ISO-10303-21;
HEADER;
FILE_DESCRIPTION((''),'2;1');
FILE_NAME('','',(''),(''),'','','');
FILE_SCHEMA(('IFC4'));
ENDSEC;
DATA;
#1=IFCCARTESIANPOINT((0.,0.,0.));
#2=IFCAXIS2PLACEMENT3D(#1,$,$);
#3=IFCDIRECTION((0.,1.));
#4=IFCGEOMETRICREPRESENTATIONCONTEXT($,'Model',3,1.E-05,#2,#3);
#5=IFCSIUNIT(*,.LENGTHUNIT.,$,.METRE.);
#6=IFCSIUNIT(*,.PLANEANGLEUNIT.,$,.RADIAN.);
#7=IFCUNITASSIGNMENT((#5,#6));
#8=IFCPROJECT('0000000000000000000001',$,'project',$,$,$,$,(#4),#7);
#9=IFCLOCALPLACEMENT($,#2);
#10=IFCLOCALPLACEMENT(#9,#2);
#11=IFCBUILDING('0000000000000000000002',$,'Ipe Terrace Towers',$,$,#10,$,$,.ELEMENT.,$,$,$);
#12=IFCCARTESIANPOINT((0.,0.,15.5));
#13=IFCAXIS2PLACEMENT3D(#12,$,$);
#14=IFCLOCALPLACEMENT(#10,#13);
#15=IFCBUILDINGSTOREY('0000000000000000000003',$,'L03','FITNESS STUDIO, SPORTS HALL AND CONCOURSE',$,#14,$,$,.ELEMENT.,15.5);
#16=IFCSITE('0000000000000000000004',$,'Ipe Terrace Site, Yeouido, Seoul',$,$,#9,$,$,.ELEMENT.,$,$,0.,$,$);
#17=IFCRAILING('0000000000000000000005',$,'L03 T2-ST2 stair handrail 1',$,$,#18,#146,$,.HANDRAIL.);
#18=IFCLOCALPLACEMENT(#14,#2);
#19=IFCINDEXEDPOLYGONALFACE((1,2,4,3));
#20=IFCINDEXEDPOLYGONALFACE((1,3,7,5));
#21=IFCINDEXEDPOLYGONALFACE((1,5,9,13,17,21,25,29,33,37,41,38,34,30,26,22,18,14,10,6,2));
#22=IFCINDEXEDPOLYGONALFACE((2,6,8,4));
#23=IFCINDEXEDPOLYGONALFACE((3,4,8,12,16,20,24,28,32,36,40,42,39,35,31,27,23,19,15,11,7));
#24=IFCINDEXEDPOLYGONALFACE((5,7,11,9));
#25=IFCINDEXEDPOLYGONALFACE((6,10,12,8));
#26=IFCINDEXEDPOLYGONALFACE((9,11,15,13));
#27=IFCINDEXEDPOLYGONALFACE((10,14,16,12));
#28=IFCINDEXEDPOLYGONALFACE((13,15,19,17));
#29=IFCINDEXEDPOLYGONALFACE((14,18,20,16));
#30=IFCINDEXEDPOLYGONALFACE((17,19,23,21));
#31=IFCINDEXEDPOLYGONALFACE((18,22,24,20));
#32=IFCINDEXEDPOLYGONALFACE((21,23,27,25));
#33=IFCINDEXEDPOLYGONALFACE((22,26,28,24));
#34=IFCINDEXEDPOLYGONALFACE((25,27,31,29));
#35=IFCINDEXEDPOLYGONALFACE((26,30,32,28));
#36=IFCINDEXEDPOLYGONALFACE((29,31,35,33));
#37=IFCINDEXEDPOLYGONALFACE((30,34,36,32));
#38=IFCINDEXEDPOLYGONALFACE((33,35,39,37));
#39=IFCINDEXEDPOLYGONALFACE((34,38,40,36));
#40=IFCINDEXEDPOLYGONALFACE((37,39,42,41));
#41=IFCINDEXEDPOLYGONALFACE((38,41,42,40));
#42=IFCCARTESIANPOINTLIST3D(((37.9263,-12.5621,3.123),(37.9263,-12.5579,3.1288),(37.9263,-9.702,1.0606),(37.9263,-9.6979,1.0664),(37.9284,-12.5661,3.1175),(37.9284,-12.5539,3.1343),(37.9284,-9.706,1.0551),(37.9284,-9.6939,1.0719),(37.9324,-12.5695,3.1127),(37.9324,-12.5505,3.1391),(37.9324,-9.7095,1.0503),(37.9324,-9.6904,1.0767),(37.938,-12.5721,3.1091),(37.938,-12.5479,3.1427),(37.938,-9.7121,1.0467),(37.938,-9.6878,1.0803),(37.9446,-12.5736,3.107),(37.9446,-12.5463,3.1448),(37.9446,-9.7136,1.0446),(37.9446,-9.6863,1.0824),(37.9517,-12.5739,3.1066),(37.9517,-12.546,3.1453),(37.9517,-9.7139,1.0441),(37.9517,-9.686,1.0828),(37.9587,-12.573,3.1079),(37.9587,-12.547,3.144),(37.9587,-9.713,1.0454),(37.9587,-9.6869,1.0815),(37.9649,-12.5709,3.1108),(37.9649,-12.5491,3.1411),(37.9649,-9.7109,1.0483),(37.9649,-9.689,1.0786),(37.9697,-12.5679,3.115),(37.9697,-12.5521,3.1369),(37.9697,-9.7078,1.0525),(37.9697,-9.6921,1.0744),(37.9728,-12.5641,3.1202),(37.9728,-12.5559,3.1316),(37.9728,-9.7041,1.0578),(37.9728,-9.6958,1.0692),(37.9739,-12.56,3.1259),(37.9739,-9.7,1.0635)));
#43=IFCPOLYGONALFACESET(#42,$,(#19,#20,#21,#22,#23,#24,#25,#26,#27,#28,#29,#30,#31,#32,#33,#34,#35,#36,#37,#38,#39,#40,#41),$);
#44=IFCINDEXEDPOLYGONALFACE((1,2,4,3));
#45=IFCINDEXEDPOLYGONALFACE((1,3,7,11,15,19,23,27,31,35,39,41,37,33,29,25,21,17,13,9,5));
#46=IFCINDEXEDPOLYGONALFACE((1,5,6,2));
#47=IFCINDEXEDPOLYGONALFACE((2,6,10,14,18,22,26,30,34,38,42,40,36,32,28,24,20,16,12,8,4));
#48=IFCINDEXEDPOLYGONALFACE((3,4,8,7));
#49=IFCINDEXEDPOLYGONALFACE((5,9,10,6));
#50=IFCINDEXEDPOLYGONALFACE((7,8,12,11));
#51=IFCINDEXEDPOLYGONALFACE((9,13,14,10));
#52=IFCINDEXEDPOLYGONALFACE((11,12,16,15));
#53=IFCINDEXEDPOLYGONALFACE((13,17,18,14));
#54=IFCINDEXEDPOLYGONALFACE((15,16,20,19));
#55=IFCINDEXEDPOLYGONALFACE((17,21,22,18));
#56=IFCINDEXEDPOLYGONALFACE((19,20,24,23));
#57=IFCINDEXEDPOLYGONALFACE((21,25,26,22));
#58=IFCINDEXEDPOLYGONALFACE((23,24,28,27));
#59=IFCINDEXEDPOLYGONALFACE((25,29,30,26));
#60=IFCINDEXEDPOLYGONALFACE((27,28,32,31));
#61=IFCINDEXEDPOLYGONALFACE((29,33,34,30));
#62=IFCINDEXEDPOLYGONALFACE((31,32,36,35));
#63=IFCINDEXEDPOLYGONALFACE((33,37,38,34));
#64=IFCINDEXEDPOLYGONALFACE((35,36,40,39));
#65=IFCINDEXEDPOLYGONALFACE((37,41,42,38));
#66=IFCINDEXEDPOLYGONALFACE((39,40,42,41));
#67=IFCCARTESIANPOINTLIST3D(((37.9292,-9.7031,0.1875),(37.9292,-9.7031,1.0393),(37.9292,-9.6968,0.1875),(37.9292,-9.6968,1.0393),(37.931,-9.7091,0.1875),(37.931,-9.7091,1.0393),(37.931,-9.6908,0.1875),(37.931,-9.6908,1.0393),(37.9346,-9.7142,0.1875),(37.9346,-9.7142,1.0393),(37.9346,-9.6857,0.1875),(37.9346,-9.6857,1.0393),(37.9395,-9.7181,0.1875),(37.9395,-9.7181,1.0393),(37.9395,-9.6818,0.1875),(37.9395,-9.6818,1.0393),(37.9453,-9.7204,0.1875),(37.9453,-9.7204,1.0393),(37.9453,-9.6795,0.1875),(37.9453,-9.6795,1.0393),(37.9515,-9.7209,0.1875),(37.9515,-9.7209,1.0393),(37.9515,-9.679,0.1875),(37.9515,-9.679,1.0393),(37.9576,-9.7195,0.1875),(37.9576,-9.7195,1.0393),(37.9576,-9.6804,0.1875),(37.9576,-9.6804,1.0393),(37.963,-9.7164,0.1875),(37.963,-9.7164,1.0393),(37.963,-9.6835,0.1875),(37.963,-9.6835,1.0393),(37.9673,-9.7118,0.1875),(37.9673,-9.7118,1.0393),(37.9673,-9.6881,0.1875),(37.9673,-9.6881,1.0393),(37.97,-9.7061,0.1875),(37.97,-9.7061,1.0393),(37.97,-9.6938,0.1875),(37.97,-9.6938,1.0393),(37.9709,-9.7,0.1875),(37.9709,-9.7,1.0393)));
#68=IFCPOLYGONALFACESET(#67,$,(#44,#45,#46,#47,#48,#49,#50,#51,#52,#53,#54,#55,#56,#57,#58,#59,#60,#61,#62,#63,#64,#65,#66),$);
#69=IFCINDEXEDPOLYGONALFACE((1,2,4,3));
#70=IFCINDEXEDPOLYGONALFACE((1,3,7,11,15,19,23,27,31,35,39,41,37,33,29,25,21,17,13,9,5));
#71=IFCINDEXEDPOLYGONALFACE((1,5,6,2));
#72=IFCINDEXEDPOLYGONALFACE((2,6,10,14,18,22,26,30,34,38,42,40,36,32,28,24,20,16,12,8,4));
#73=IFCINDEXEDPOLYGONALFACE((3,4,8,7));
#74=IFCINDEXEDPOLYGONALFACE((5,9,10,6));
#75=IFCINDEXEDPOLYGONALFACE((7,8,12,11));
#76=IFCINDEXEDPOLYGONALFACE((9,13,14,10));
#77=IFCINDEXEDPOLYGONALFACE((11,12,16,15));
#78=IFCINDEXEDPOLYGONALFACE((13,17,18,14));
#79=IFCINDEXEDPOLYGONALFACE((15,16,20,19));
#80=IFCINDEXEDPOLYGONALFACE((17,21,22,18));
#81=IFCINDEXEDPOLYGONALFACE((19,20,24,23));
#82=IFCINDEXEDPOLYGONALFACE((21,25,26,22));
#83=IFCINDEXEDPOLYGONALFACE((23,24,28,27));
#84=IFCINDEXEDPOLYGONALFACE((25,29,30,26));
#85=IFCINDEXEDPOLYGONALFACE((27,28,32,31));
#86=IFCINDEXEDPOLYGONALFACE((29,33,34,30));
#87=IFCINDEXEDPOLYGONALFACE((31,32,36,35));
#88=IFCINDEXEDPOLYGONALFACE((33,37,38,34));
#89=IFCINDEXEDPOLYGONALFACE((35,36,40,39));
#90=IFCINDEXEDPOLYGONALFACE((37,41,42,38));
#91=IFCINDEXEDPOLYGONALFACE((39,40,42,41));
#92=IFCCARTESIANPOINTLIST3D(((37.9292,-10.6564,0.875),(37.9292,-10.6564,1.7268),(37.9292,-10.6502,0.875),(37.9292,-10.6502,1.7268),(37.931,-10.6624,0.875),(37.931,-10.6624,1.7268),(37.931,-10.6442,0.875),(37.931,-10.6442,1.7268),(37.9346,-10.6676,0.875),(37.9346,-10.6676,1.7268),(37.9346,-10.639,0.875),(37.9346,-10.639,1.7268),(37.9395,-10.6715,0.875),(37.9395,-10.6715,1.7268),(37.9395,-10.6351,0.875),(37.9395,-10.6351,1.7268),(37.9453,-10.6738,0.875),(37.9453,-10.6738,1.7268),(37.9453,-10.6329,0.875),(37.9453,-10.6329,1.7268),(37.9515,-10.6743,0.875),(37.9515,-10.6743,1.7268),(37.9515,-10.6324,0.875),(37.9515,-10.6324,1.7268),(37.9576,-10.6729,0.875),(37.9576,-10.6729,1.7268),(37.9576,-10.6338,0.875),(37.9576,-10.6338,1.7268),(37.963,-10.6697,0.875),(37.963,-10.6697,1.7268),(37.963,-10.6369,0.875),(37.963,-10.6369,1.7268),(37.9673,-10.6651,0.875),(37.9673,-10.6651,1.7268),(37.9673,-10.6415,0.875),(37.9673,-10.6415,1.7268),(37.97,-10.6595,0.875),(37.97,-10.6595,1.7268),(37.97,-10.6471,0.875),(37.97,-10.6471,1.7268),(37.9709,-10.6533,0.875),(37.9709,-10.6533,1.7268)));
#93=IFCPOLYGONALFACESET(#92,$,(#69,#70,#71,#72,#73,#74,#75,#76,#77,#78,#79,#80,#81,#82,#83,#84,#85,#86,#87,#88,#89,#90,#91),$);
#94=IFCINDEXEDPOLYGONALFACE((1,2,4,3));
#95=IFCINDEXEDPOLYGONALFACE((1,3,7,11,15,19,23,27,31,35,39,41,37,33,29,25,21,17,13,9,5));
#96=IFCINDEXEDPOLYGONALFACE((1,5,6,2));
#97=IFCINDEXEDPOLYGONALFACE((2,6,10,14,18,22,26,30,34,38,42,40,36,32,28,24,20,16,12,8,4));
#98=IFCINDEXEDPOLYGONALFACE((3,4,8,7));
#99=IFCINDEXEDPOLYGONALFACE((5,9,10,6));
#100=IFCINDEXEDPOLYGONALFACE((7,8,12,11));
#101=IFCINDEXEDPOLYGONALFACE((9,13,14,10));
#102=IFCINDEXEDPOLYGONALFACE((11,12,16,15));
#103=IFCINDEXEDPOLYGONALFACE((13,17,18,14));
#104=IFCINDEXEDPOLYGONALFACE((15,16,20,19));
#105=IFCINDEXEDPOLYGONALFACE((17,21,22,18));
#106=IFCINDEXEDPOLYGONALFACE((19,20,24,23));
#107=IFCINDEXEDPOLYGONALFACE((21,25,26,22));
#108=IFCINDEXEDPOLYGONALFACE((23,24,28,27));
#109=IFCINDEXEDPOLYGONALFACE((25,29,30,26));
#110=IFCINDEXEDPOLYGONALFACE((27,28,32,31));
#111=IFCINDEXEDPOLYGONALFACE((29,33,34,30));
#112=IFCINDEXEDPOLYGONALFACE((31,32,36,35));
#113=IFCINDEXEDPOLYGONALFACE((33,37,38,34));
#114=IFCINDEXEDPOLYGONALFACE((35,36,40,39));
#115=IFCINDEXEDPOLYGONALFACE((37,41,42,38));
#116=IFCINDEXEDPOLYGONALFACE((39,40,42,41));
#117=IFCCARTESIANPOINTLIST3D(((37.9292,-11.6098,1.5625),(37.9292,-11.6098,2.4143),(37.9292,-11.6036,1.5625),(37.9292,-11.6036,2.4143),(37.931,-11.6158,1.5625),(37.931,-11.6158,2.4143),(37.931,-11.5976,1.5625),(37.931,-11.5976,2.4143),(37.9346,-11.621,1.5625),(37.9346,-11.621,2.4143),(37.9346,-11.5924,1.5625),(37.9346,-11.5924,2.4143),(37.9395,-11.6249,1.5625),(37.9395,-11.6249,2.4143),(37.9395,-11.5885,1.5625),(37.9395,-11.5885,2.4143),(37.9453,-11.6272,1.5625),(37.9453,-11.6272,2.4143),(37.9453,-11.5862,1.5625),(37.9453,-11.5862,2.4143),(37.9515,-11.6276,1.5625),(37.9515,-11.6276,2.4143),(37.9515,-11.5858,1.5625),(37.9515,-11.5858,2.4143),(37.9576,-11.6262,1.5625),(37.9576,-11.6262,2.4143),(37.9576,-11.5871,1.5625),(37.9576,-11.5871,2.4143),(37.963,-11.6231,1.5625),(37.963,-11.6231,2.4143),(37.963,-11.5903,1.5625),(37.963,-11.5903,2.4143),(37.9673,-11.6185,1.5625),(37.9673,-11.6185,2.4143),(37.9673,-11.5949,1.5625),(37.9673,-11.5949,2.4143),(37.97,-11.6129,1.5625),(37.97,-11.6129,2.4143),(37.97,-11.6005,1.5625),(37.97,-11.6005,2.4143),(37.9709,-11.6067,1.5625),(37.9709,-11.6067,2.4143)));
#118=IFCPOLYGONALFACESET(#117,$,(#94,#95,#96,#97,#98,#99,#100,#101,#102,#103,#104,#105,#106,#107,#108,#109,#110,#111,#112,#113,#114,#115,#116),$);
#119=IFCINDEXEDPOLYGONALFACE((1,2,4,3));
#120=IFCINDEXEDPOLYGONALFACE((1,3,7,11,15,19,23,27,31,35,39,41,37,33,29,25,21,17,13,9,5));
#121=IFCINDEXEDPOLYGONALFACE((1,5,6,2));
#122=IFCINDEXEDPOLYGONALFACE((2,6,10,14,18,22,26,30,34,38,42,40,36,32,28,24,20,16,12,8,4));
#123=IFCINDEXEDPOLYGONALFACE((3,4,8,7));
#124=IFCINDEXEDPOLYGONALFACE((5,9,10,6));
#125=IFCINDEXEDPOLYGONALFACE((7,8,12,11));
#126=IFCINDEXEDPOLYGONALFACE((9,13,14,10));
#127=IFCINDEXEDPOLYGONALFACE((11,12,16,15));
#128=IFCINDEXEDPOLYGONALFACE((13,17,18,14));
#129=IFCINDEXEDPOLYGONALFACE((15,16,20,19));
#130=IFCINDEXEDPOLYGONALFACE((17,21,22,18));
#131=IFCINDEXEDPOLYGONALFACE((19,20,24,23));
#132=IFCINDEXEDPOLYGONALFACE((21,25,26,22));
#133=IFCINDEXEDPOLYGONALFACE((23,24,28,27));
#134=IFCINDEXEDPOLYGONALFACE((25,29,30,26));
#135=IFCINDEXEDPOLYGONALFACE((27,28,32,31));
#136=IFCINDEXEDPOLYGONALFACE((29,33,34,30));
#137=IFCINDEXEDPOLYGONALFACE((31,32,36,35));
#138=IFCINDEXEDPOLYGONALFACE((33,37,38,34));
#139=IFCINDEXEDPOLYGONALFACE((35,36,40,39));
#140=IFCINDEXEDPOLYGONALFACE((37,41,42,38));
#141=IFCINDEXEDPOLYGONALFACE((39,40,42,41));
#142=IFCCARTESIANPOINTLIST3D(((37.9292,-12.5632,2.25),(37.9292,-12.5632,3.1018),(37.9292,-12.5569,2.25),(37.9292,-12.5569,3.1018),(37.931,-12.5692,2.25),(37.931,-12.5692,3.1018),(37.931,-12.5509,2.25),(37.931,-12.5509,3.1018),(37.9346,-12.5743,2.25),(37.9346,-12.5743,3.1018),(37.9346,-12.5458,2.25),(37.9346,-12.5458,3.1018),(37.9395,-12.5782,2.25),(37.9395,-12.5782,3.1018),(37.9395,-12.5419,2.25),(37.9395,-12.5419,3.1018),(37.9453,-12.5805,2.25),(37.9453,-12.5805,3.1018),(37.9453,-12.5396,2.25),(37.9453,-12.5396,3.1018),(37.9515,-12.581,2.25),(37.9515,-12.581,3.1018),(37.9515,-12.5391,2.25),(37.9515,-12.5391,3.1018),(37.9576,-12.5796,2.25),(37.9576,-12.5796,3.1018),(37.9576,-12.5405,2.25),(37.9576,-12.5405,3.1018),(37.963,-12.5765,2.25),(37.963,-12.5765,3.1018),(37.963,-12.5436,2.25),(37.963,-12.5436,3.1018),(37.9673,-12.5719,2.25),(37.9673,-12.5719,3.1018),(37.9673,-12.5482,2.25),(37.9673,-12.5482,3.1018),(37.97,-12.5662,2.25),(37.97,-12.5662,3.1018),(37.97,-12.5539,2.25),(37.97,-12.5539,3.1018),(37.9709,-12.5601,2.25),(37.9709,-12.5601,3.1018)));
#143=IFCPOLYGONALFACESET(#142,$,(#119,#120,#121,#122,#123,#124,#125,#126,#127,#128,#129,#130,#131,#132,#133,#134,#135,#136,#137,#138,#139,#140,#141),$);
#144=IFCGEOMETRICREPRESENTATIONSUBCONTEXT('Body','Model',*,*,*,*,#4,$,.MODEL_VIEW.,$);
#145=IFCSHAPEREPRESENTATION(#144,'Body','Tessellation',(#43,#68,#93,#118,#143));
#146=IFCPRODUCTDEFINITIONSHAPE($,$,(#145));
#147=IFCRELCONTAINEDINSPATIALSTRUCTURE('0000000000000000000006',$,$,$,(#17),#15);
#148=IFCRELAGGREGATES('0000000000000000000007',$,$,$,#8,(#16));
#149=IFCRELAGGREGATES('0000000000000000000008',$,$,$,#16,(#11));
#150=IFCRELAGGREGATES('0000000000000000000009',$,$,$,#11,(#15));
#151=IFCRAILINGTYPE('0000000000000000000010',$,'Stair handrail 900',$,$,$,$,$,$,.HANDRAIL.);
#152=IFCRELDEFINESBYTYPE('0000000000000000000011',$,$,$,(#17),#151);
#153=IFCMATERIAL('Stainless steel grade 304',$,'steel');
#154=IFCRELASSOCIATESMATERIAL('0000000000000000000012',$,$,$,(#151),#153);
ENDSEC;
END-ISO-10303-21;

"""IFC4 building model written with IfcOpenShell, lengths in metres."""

from ifc_helpers import new_model, si_unit, direction, frame, origin, origin_2d, place, context, subcontext, project, spatial, circle, extrude, material, type_object, element, save


model = new_model("IFC4")

# Units and contexts
model_context = context("Model", 3, precision=1e-05, world=origin(), true_north=direction((0.0, 1.0)))
body_context = subcontext(model_context, "Body", "Model", "MODEL_VIEW")
ifc_project = project(units=[si_unit("LENGTHUNIT", "METRE"), si_unit("PLANEANGLEUNIT", "RADIAN")], contexts=[model_context])

# Site, building, storey
site_placement = place(None, origin())
site = spatial("IfcSite", under=ifc_project, at=site_placement, Name="Ipe Terrace Site, Yeouido, Seoul", CompositionType="ELEMENT", RefElevation=0.0)
building_placement = place(site_placement, origin())
building = spatial("IfcBuilding", under=site, at=building_placement, Name="Ipe Terrace Towers", CompositionType="ELEMENT")
storey_placement = place(building_placement, frame((0.0, 0.0, 15.5)))
storey = spatial("IfcBuildingStorey", under=building, at=storey_placement, Name="L03", Description="FITNESS STUDIO, SPORTS HALL AND CONCOURSE", CompositionType="ELEMENT", Elevation=15.5)

# Railing
ifc_material_1 = material(Name="Stainless steel grade 304", Category="steel")
railing_type_1 = type_object("IfcRailingType", Name="Stair handrail 900", PredefinedType="HANDRAIL", material=ifc_material_1)
railing_1_placement = place(storey_placement, frame((37.95, -9.7, 0.1875)))
element("IfcRailing", 1, at=railing_1_placement, inside=storey, type_object=railing_type_1, Name="L03 T2-ST2 stair handrail 1", PredefinedType="HANDRAIL", context=body_context, shape_type="SweptSolid", body=[
    extrude(circle(Radius=0.0239, at=origin_2d()), frame((0.0, 0.0, 0.876), z_axis=(0.0, -0.811101, 0.584906), x_axis=(1.0, 0.0, 0.0)), (0.0, 0.0, 1.0), 3.5261),
    extrude(circle(Radius=0.021, at=origin_2d()), origin(), (0.0, 0.0, 1.0), 0.8518),
    extrude(circle(Radius=0.021, at=origin_2d()), frame((0.0, -0.9534, 0.6875)), (0.0, 0.0, 1.0), 0.8518),
    extrude(circle(Radius=0.021, at=origin_2d()), frame((0.0, -1.9067, 1.375)), (0.0, 0.0, 1.0), 0.8518),
    extrude(circle(Radius=0.021, at=origin_2d()), frame((0.0, -2.8601, 2.0625)), (0.0, 0.0, 1.0), 0.8518),
])

save(model, "model.ifc")
